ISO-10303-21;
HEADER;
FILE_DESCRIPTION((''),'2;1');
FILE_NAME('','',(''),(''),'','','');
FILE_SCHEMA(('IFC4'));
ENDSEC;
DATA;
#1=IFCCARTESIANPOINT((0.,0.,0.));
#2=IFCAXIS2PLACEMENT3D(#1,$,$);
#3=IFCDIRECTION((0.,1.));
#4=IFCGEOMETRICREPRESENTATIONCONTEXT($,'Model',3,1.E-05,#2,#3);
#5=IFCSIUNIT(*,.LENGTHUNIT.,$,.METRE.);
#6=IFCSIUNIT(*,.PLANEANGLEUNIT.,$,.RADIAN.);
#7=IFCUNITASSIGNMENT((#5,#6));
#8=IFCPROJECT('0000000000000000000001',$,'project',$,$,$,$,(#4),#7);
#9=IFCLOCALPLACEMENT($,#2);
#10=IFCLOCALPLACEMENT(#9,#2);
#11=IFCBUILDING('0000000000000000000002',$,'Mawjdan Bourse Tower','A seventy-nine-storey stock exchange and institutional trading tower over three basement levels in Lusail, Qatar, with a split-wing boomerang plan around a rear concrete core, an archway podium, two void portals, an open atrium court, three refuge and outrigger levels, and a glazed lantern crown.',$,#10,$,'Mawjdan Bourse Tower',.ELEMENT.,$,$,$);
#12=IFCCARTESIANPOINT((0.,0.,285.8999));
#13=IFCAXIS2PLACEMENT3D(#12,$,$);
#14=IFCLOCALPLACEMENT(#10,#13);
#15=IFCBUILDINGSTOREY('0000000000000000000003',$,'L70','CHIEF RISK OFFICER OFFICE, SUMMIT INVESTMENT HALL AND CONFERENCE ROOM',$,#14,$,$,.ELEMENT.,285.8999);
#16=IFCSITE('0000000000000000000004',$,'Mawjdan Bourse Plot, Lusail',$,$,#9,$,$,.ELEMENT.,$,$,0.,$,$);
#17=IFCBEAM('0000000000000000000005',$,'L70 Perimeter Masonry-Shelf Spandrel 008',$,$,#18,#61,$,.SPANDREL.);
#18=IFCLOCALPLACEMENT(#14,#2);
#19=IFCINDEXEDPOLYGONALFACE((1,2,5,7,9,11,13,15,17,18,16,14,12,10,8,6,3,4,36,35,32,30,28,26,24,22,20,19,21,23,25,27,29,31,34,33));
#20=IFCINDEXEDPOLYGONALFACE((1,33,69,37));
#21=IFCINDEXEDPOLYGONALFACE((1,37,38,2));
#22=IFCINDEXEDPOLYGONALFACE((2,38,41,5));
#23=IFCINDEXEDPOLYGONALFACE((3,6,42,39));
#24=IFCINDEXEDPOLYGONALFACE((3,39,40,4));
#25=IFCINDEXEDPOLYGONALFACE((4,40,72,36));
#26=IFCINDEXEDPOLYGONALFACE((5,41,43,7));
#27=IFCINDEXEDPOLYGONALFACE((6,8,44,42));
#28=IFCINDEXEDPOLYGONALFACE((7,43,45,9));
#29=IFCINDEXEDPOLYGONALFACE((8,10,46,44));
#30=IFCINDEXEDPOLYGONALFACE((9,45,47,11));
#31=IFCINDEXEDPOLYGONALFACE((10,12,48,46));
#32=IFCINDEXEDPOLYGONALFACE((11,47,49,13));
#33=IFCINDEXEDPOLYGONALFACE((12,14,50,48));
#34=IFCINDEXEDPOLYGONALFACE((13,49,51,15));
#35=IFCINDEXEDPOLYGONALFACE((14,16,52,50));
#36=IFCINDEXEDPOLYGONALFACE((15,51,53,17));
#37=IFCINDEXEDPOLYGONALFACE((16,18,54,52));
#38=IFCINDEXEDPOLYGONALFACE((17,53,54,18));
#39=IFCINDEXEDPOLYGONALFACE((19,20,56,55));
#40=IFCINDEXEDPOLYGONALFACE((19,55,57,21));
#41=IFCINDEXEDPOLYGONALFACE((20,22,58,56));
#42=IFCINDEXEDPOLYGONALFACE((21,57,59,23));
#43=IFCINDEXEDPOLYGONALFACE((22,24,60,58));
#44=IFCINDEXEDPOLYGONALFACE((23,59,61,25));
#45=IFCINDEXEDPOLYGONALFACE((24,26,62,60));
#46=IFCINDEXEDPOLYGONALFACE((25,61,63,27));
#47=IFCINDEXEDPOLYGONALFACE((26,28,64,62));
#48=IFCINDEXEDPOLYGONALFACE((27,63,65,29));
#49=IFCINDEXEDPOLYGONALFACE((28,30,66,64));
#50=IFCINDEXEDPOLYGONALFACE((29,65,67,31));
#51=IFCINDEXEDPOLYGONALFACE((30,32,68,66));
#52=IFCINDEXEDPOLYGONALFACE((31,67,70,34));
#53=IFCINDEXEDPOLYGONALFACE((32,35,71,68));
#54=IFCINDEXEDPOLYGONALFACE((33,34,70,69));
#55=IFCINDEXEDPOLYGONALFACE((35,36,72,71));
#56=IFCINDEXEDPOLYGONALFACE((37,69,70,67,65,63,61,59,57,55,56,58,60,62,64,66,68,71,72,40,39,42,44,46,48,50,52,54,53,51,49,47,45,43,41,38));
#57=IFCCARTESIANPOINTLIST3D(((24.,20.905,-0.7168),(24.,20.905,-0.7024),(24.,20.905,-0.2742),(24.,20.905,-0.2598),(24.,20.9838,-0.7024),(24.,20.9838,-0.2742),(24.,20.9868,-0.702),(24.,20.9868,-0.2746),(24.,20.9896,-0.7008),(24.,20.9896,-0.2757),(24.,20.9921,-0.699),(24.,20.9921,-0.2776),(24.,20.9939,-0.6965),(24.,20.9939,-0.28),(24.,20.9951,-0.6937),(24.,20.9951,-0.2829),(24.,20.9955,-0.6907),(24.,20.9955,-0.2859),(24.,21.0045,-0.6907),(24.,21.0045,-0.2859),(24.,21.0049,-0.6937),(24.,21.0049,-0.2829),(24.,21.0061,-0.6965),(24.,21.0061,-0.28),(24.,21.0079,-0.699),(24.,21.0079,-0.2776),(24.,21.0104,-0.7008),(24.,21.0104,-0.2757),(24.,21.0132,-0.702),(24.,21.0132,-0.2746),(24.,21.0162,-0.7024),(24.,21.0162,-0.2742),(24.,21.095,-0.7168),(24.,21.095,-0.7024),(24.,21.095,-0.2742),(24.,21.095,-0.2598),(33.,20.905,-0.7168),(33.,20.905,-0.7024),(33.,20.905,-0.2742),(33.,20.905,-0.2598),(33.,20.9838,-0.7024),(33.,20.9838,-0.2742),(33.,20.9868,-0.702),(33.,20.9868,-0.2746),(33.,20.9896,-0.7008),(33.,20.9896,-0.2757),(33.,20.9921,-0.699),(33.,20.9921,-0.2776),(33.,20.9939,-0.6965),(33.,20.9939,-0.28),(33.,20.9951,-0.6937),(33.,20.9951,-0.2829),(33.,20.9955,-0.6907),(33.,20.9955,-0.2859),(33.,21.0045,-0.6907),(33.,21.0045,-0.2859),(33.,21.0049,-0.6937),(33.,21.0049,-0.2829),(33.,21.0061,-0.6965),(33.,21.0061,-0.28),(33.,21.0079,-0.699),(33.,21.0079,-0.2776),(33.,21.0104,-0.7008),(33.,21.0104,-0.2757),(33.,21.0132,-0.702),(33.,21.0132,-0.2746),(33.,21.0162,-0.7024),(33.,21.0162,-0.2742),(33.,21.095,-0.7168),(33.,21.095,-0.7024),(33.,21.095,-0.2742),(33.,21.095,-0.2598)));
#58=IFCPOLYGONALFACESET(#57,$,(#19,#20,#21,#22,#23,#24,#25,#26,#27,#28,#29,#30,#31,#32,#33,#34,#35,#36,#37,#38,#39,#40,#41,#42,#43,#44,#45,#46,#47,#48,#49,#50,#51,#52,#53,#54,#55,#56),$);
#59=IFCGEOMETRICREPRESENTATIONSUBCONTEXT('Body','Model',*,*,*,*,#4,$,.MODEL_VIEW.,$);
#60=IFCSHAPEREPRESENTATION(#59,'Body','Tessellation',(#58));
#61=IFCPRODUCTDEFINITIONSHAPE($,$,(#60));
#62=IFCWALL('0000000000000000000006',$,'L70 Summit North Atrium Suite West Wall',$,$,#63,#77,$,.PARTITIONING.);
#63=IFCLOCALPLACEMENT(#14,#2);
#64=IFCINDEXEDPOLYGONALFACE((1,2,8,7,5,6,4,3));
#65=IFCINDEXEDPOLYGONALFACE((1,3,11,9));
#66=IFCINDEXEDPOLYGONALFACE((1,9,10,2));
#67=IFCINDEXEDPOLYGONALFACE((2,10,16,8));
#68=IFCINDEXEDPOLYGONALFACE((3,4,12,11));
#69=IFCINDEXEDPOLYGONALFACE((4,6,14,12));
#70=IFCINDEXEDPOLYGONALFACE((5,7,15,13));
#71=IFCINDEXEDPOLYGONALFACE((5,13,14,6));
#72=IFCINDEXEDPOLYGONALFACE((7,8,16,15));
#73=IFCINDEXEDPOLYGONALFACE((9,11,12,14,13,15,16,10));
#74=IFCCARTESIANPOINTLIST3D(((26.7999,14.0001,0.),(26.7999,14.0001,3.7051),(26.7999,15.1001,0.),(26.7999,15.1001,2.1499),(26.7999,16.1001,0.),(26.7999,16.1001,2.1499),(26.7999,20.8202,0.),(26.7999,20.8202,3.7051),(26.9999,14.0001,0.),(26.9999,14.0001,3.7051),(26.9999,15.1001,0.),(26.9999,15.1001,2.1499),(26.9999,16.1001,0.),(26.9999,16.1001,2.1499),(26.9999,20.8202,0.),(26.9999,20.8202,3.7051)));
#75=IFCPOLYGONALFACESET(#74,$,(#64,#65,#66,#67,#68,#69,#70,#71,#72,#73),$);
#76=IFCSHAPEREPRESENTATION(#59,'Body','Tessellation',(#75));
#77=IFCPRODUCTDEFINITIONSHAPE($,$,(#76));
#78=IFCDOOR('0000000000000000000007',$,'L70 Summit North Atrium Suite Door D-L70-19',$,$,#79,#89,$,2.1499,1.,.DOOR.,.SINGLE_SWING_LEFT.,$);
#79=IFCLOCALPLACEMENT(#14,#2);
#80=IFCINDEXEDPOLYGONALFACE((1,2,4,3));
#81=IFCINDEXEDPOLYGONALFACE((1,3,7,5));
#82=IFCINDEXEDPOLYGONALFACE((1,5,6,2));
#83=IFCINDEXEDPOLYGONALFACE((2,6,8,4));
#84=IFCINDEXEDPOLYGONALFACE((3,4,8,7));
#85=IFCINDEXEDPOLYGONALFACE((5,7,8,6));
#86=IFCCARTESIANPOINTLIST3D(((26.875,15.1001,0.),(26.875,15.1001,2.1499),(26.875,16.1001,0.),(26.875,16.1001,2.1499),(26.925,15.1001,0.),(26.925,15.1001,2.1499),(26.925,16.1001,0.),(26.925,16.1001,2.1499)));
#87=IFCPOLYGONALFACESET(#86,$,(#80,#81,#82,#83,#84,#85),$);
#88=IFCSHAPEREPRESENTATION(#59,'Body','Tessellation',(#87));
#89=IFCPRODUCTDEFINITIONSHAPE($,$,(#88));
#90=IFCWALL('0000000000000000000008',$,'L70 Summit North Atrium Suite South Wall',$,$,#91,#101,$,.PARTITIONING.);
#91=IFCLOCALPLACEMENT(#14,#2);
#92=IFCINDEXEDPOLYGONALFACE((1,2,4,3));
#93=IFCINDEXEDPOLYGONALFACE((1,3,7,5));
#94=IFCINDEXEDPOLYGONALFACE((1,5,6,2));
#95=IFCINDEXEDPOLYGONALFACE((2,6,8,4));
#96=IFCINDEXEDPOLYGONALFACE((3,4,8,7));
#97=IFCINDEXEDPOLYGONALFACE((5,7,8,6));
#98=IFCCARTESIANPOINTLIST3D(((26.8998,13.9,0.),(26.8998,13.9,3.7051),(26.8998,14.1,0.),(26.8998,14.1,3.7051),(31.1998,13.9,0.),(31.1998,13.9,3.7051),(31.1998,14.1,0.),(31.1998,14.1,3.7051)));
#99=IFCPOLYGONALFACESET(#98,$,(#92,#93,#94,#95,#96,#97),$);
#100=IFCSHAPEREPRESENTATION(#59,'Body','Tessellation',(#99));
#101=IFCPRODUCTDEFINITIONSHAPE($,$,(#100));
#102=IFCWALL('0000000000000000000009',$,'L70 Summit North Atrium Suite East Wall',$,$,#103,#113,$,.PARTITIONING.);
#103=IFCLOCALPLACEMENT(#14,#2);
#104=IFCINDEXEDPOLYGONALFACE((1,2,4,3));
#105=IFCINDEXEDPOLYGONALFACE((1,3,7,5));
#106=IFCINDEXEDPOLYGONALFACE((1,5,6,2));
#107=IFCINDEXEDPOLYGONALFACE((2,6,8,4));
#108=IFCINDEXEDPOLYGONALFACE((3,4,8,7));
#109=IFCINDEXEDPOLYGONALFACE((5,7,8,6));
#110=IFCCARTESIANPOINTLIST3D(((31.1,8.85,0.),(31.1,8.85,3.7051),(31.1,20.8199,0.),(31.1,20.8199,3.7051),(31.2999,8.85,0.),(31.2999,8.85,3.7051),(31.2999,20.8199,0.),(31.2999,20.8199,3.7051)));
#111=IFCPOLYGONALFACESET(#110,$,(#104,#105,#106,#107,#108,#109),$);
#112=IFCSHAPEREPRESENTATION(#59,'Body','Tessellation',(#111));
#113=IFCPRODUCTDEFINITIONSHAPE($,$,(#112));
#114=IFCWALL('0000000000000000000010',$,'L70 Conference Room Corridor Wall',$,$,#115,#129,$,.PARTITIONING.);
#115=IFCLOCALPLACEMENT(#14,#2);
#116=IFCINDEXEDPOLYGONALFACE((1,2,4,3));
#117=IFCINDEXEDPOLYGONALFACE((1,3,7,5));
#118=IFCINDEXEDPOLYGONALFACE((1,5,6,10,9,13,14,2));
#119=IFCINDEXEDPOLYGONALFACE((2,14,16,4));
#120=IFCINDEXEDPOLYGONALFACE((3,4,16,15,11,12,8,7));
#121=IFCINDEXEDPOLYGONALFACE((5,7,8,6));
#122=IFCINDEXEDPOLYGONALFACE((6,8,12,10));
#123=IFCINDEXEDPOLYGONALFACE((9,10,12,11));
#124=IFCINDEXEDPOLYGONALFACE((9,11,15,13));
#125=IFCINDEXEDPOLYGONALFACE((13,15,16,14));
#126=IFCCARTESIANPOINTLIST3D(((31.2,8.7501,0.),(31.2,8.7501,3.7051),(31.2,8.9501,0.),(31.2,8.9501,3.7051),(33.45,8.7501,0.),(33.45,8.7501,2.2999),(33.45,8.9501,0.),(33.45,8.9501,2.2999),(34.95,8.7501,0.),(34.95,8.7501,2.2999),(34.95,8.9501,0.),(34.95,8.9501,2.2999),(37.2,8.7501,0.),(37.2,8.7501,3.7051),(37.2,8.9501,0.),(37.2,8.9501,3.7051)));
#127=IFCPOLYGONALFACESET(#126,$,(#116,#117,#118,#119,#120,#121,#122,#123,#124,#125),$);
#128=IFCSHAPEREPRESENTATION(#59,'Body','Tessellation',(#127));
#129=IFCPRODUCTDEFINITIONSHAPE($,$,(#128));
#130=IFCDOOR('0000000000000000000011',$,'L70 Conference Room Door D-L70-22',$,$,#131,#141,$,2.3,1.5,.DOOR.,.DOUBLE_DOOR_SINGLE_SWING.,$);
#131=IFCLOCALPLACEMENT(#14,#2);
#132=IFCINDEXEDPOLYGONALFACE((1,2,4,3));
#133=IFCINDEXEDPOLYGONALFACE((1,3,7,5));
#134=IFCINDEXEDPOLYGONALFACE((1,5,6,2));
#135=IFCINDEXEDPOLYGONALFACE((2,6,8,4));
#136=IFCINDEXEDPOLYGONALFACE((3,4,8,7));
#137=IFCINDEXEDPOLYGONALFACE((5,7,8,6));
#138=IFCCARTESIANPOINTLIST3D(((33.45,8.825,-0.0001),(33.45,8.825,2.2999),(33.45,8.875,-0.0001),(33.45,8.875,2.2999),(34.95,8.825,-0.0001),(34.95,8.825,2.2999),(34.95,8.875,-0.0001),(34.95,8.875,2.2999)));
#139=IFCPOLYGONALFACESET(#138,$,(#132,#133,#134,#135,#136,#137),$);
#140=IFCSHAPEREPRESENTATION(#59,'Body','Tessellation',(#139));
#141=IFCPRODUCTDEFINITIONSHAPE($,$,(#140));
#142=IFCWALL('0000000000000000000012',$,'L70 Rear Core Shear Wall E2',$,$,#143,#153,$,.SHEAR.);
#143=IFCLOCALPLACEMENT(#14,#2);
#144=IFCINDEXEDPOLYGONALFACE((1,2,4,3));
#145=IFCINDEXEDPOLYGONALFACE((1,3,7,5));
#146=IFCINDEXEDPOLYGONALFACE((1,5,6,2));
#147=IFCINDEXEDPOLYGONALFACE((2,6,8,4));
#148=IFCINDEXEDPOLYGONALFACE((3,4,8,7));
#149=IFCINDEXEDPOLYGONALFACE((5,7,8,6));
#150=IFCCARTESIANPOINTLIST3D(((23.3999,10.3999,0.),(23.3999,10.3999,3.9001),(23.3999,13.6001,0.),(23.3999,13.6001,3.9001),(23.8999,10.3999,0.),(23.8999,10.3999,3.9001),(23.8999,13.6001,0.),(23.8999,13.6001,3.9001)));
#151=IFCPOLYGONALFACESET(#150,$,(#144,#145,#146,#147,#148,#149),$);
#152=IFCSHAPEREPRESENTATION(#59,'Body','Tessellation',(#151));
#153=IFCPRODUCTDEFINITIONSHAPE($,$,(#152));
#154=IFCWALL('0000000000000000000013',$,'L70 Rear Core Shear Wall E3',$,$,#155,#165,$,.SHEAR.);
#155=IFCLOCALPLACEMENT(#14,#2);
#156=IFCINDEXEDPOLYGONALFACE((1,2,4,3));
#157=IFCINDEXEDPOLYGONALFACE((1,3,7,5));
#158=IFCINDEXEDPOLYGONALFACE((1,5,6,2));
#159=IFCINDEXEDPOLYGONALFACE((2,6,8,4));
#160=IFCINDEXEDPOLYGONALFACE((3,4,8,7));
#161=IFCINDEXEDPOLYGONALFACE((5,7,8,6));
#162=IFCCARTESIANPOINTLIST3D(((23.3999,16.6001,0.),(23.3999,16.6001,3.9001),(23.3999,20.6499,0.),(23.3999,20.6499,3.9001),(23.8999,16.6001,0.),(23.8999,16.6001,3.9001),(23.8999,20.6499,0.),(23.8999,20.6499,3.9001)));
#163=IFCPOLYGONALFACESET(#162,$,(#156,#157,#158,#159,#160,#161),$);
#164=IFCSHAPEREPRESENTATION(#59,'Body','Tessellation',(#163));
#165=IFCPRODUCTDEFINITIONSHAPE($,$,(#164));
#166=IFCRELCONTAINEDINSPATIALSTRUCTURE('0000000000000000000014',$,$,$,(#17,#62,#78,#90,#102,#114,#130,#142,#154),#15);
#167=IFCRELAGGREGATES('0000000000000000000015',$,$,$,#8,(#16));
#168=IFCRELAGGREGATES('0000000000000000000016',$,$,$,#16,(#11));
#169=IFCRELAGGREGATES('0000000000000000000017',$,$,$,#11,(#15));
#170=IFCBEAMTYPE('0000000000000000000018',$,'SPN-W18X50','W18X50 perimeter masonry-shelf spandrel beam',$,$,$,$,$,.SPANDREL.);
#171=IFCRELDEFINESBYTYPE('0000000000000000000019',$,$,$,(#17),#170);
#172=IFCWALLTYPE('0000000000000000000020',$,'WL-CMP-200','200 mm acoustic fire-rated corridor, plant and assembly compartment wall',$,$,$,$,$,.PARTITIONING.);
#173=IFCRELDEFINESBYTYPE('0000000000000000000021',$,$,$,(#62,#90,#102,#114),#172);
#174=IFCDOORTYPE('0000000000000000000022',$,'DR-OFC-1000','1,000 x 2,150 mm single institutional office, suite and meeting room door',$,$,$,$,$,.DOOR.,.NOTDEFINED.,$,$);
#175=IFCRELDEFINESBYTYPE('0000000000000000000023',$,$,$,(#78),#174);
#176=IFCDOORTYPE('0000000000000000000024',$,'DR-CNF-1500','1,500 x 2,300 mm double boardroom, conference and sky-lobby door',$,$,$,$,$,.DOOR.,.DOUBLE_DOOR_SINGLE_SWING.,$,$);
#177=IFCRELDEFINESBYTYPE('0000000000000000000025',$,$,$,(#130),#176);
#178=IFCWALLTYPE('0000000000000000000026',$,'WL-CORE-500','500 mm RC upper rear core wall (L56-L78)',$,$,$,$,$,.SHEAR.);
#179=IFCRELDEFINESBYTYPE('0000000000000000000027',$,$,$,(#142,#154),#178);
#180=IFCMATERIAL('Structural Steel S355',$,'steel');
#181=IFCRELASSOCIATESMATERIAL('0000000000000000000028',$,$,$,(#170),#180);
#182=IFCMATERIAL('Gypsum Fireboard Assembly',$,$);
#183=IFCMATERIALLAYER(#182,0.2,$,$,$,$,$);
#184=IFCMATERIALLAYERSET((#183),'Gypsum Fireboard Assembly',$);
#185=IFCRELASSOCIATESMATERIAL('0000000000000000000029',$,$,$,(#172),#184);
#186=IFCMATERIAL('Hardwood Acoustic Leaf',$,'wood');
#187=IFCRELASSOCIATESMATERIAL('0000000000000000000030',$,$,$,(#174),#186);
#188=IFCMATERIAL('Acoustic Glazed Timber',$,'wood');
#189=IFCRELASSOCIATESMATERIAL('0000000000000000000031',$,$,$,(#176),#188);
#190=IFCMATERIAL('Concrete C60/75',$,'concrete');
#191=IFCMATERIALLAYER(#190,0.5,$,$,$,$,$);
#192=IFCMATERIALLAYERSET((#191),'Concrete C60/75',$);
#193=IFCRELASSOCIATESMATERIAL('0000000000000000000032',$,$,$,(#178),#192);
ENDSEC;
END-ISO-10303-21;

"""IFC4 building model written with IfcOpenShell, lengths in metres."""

from ifc_helpers import new_model, si_unit, direction, frame, frame_2d, origin, origin_2d, place, context, subcontext, project, spatial, rectangle, i_section, extrude, material, layer, layer_set, material_profile, profile_set, type_object, element, fill, save


model = new_model("IFC4")

# Units and contexts
model_context = context("Model", 3, precision=1e-05, world=origin(), true_north=direction((0.0, 1.0)))
body_context = subcontext(model_context, "Body", "Model", "MODEL_VIEW")
ifc_project = project(units=[si_unit("LENGTHUNIT", "METRE"), si_unit("PLANEANGLEUNIT", "RADIAN")], contexts=[model_context])

# Site, building, storey
site_placement = place(None, origin())
site = spatial("IfcSite", under=ifc_project, at=site_placement, Name="Mawjdan Bourse Plot, Lusail", CompositionType="ELEMENT", RefElevation=0.0)
building_placement = place(site_placement, origin())
building = spatial("IfcBuilding", under=site, at=building_placement, Name="Mawjdan Bourse Tower", Description="A seventy-nine-storey stock exchange and institutional trading tower over three basement levels in Lusail, Qatar, with a split-wing boomerang plan around a rear concrete core, an archway podium, two void portals, an open atrium court, three refuge and outrigger levels, and a glazed lantern crown.", LongName="Mawjdan Bourse Tower", CompositionType="ELEMENT")
storey_placement = place(building_placement, frame((0.0, 0.0, 285.8999)))
storey = spatial("IfcBuildingStorey", under=building, at=storey_placement, Name="L70", Description="CHIEF RISK OFFICER OFFICE, SUMMIT INVESTMENT HALL AND CONFERENCE ROOM", CompositionType="ELEMENT", Elevation=285.8999)

# Shared definitions
ifc_material_1 = material(Name="Concrete C60/75", Category="concrete")

# Beam
ifc_material_2 = material(Name="Structural Steel S355", Category="steel")
ifc_material_profile_1 = material_profile(ifc_material_2, i_section(OverallWidth=0.1899, OverallDepth=0.457, WebThickness=0.009, FlangeThickness=0.0144, FilletRadius=0.0117, at=origin_2d()), Name="W18X50")
ifc_profile_set_1 = profile_set([ifc_material_profile_1], Name="Structural Steel S355")
beam_type_1 = type_object("IfcBeamType", Name="SPN-W18X50", Description="W18X50 perimeter masonry-shelf spandrel beam", PredefinedType="SPANDREL", material=ifc_profile_set_1)
beam_1_placement = place(storey_placement, frame((24.0, 21.0, -0.4883), z_axis=(1.0, 0.0, 0.0), x_axis=(0.0, 1.0, 0.0)))
element("IfcBeam", 1, at=beam_1_placement, inside=storey, type_object=beam_type_1, Name="L70 Perimeter Masonry-Shelf Spandrel 008", PredefinedType="SPANDREL", context=body_context, shape_type="SweptSolid", body=[
    extrude(i_section(OverallWidth=0.1899, OverallDepth=0.457, WebThickness=0.009, FlangeThickness=0.0144, FilletRadius=0.0117, at=origin_2d()), origin(), (0.0, 0.0, 1.0), 9.0),
])

# Wall, opening, door
ifc_material_3 = material(Name="Gypsum Fireboard Assembly")
ifc_layer_1 = layer(ifc_material_3, 0.2)
ifc_layer_set_1 = layer_set([ifc_layer_1], Name="Gypsum Fireboard Assembly")
wall_type_1 = type_object("IfcWallType", Name="WL-CMP-200", Description="200 mm acoustic fire-rated corridor, plant and assembly compartment wall", PredefinedType="PARTITIONING", material=ifc_layer_set_1)
ifc_material_4 = material(Name="Hardwood Acoustic Leaf", Category="wood")
door_type_1 = type_object("IfcDoorType", Name="DR-OFC-1000", Description="1,000 x 2,150 mm single institutional office, suite and meeting room door", OperationType="NOTDEFINED", PredefinedType="DOOR", material=ifc_material_4)
wall_1_placement = place(storey_placement, frame((26.8999, 14.0, 0.0), z_axis=(0.0, 0.0, 1.0), x_axis=(0.0, 1.0, 0.0)))
wall_1 = element("IfcWall", 2, at=wall_1_placement, inside=storey, type_object=wall_type_1, Name="L70 Summit North Atrium Suite West Wall", PredefinedType="PARTITIONING", context=body_context, shape_type="SweptSolid", body=[
    extrude(rectangle(XDim=6.8201, YDim=0.2, at=frame_2d((3.4102, 0.0))), origin(), (0.0, 0.0, 1.0), 3.7051),
])
opening_1_placement = place(wall_1_placement, frame((1.1001, 0.0, 0.0)))
opening_1 = element("IfcOpeningElement", 3, at=opening_1_placement, cuts=wall_1, PredefinedType="OPENING", context=body_context, shape_type="SweptSolid", body=[
    extrude(rectangle(XDim=1.0, YDim=2.1499, at=frame_2d((0.5, 1.075))), frame((0.0, 0.1099, 0.0), z_axis=(0.0, -1.0, 0.0), x_axis=(1.0, 0.0, 0.0)), (0.0, 0.0, 1.0), 0.22),
])
door_1_placement = place(opening_1_placement, origin())
door_1 = element("IfcDoor", 4, at=door_1_placement, inside=storey, type_object=door_type_1, Name="L70 Summit North Atrium Suite Door D-L70-19", OperationType="SINGLE_SWING_LEFT", OverallHeight=2.1499, OverallWidth=1.0, PredefinedType="DOOR", context=body_context, shape_type="SweptSolid", body=[
    extrude(rectangle(XDim=1.0, YDim=2.1499, at=frame_2d((0.5, 1.075))), frame((0.0, 0.0249, 0.0), z_axis=(0.0, -1.0, 0.0), x_axis=(1.0, 0.0, 0.0)), (0.0, 0.0, 1.0), 0.05),
])
fill(opening_1, door_1)

# Walls
wall_2_placement = place(storey_placement, frame((26.8999, 14.0, 0.0), z_axis=(0.0, 0.0, 1.0), x_axis=(1.0, 0.0, 0.0)))
element("IfcWall", 5, at=wall_2_placement, inside=storey, type_object=wall_type_1, Name="L70 Summit North Atrium Suite South Wall", PredefinedType="PARTITIONING", context=body_context, shape_type="SweptSolid", body=[
    extrude(rectangle(XDim=4.3, YDim=0.2, at=frame_2d((2.1499, 0.0))), origin(), (0.0, 0.0, 1.0), 3.7051),
])
wall_3_placement = place(storey_placement, frame((31.2, 8.8501, 0.0), z_axis=(0.0, 0.0, 1.0), x_axis=(0.0, 1.0, 0.0)))
element("IfcWall", 6, at=wall_3_placement, inside=storey, type_object=wall_type_1, Name="L70 Summit North Atrium Suite East Wall", PredefinedType="PARTITIONING", context=body_context, shape_type="SweptSolid", body=[
    extrude(rectangle(XDim=11.97, YDim=0.2, at=frame_2d((5.9849, 0.0))), origin(), (0.0, 0.0, 1.0), 3.7051),
])

# Wall, opening, door
wall_4_placement = place(storey_placement, frame((31.2, 8.8501, 0.0), z_axis=(0.0, 0.0, 1.0), x_axis=(1.0, 0.0, 0.0)))
wall_4 = element("IfcWall", 7, at=wall_4_placement, inside=storey, type_object=wall_type_1, Name="L70 Conference Room Corridor Wall", PredefinedType="PARTITIONING", context=body_context, shape_type="SweptSolid", body=[
    extrude(rectangle(XDim=6.0, YDim=0.2, at=frame_2d((3.0, 0.0))), origin(), (0.0, 0.0, 1.0), 3.7051),
])
opening_2_placement = place(wall_4_placement, frame((2.25, 0.0, 0.0)))
opening_2 = element("IfcOpeningElement", 8, at=opening_2_placement, cuts=wall_4, PredefinedType="OPENING", context=body_context, shape_type="SweptSolid", body=[
    extrude(rectangle(XDim=1.5, YDim=2.3, at=frame_2d((0.75, 1.1499))), frame((0.0, 0.1099, 0.0), z_axis=(0.0, -1.0, 0.0), x_axis=(1.0, 0.0, 0.0)), (0.0, 0.0, 1.0), 0.22),
])
ifc_material_5 = material(Name="Acoustic Glazed Timber", Category="wood")
door_type_2 = type_object("IfcDoorType", Name="DR-CNF-1500", Description="1,500 x 2,300 mm double boardroom, conference and sky-lobby door", OperationType="DOUBLE_DOOR_SINGLE_SWING", PredefinedType="DOOR", material=ifc_material_5)
door_2_placement = place(opening_2_placement, origin())
door_2 = element("IfcDoor", 9, at=door_2_placement, inside=storey, type_object=door_type_2, Name="L70 Conference Room Door D-L70-22", OperationType="DOUBLE_DOOR_SINGLE_SWING", OverallHeight=2.3, OverallWidth=1.5, PredefinedType="DOOR", context=body_context, shape_type="SweptSolid", body=[
    extrude(rectangle(XDim=1.5, YDim=2.3, at=frame_2d((0.75, 1.1499))), frame((0.0, 0.0249, 0.0), z_axis=(0.0, -1.0, 0.0), x_axis=(1.0, 0.0, 0.0)), (0.0, 0.0, 1.0), 0.05),
])
fill(opening_2, door_2)

# Walls
ifc_layer_2 = layer(ifc_material_1, 0.5)
ifc_layer_set_2 = layer_set([ifc_layer_2], Name="Concrete C60/75")
wall_type_2 = type_object("IfcWallType", Name="WL-CORE-500", Description="500 mm RC upper rear core wall (L56-L78)", PredefinedType="SHEAR", material=ifc_layer_set_2)
wall_5_placement = place(storey_placement, frame((23.6499, 10.3999, 0.0), z_axis=(0.0, 0.0, 1.0), x_axis=(0.0, 1.0, 0.0)))
element("IfcWall", 10, at=wall_5_placement, inside=storey, type_object=wall_type_2, Name="L70 Rear Core Shear Wall E2", PredefinedType="SHEAR", context=body_context, shape_type="SweptSolid", body=[
    extrude(rectangle(XDim=3.2002, YDim=0.5, at=frame_2d((1.6001, 0.0))), origin(), (0.0, 0.0, 1.0), 3.9001),
])
wall_6_placement = place(storey_placement, frame((23.6499, 16.6001, 0.0), z_axis=(0.0, 0.0, 1.0), x_axis=(0.0, 1.0, 0.0)))
element("IfcWall", 11, at=wall_6_placement, inside=storey, type_object=wall_type_2, Name="L70 Rear Core Shear Wall E3", PredefinedType="SHEAR", context=body_context, shape_type="SweptSolid", body=[
    extrude(rectangle(XDim=4.0498, YDim=0.5, at=frame_2d((2.0249, 0.0))), origin(), (0.0, 0.0, 1.0), 3.9001),
])

save(model, "model.ifc")
